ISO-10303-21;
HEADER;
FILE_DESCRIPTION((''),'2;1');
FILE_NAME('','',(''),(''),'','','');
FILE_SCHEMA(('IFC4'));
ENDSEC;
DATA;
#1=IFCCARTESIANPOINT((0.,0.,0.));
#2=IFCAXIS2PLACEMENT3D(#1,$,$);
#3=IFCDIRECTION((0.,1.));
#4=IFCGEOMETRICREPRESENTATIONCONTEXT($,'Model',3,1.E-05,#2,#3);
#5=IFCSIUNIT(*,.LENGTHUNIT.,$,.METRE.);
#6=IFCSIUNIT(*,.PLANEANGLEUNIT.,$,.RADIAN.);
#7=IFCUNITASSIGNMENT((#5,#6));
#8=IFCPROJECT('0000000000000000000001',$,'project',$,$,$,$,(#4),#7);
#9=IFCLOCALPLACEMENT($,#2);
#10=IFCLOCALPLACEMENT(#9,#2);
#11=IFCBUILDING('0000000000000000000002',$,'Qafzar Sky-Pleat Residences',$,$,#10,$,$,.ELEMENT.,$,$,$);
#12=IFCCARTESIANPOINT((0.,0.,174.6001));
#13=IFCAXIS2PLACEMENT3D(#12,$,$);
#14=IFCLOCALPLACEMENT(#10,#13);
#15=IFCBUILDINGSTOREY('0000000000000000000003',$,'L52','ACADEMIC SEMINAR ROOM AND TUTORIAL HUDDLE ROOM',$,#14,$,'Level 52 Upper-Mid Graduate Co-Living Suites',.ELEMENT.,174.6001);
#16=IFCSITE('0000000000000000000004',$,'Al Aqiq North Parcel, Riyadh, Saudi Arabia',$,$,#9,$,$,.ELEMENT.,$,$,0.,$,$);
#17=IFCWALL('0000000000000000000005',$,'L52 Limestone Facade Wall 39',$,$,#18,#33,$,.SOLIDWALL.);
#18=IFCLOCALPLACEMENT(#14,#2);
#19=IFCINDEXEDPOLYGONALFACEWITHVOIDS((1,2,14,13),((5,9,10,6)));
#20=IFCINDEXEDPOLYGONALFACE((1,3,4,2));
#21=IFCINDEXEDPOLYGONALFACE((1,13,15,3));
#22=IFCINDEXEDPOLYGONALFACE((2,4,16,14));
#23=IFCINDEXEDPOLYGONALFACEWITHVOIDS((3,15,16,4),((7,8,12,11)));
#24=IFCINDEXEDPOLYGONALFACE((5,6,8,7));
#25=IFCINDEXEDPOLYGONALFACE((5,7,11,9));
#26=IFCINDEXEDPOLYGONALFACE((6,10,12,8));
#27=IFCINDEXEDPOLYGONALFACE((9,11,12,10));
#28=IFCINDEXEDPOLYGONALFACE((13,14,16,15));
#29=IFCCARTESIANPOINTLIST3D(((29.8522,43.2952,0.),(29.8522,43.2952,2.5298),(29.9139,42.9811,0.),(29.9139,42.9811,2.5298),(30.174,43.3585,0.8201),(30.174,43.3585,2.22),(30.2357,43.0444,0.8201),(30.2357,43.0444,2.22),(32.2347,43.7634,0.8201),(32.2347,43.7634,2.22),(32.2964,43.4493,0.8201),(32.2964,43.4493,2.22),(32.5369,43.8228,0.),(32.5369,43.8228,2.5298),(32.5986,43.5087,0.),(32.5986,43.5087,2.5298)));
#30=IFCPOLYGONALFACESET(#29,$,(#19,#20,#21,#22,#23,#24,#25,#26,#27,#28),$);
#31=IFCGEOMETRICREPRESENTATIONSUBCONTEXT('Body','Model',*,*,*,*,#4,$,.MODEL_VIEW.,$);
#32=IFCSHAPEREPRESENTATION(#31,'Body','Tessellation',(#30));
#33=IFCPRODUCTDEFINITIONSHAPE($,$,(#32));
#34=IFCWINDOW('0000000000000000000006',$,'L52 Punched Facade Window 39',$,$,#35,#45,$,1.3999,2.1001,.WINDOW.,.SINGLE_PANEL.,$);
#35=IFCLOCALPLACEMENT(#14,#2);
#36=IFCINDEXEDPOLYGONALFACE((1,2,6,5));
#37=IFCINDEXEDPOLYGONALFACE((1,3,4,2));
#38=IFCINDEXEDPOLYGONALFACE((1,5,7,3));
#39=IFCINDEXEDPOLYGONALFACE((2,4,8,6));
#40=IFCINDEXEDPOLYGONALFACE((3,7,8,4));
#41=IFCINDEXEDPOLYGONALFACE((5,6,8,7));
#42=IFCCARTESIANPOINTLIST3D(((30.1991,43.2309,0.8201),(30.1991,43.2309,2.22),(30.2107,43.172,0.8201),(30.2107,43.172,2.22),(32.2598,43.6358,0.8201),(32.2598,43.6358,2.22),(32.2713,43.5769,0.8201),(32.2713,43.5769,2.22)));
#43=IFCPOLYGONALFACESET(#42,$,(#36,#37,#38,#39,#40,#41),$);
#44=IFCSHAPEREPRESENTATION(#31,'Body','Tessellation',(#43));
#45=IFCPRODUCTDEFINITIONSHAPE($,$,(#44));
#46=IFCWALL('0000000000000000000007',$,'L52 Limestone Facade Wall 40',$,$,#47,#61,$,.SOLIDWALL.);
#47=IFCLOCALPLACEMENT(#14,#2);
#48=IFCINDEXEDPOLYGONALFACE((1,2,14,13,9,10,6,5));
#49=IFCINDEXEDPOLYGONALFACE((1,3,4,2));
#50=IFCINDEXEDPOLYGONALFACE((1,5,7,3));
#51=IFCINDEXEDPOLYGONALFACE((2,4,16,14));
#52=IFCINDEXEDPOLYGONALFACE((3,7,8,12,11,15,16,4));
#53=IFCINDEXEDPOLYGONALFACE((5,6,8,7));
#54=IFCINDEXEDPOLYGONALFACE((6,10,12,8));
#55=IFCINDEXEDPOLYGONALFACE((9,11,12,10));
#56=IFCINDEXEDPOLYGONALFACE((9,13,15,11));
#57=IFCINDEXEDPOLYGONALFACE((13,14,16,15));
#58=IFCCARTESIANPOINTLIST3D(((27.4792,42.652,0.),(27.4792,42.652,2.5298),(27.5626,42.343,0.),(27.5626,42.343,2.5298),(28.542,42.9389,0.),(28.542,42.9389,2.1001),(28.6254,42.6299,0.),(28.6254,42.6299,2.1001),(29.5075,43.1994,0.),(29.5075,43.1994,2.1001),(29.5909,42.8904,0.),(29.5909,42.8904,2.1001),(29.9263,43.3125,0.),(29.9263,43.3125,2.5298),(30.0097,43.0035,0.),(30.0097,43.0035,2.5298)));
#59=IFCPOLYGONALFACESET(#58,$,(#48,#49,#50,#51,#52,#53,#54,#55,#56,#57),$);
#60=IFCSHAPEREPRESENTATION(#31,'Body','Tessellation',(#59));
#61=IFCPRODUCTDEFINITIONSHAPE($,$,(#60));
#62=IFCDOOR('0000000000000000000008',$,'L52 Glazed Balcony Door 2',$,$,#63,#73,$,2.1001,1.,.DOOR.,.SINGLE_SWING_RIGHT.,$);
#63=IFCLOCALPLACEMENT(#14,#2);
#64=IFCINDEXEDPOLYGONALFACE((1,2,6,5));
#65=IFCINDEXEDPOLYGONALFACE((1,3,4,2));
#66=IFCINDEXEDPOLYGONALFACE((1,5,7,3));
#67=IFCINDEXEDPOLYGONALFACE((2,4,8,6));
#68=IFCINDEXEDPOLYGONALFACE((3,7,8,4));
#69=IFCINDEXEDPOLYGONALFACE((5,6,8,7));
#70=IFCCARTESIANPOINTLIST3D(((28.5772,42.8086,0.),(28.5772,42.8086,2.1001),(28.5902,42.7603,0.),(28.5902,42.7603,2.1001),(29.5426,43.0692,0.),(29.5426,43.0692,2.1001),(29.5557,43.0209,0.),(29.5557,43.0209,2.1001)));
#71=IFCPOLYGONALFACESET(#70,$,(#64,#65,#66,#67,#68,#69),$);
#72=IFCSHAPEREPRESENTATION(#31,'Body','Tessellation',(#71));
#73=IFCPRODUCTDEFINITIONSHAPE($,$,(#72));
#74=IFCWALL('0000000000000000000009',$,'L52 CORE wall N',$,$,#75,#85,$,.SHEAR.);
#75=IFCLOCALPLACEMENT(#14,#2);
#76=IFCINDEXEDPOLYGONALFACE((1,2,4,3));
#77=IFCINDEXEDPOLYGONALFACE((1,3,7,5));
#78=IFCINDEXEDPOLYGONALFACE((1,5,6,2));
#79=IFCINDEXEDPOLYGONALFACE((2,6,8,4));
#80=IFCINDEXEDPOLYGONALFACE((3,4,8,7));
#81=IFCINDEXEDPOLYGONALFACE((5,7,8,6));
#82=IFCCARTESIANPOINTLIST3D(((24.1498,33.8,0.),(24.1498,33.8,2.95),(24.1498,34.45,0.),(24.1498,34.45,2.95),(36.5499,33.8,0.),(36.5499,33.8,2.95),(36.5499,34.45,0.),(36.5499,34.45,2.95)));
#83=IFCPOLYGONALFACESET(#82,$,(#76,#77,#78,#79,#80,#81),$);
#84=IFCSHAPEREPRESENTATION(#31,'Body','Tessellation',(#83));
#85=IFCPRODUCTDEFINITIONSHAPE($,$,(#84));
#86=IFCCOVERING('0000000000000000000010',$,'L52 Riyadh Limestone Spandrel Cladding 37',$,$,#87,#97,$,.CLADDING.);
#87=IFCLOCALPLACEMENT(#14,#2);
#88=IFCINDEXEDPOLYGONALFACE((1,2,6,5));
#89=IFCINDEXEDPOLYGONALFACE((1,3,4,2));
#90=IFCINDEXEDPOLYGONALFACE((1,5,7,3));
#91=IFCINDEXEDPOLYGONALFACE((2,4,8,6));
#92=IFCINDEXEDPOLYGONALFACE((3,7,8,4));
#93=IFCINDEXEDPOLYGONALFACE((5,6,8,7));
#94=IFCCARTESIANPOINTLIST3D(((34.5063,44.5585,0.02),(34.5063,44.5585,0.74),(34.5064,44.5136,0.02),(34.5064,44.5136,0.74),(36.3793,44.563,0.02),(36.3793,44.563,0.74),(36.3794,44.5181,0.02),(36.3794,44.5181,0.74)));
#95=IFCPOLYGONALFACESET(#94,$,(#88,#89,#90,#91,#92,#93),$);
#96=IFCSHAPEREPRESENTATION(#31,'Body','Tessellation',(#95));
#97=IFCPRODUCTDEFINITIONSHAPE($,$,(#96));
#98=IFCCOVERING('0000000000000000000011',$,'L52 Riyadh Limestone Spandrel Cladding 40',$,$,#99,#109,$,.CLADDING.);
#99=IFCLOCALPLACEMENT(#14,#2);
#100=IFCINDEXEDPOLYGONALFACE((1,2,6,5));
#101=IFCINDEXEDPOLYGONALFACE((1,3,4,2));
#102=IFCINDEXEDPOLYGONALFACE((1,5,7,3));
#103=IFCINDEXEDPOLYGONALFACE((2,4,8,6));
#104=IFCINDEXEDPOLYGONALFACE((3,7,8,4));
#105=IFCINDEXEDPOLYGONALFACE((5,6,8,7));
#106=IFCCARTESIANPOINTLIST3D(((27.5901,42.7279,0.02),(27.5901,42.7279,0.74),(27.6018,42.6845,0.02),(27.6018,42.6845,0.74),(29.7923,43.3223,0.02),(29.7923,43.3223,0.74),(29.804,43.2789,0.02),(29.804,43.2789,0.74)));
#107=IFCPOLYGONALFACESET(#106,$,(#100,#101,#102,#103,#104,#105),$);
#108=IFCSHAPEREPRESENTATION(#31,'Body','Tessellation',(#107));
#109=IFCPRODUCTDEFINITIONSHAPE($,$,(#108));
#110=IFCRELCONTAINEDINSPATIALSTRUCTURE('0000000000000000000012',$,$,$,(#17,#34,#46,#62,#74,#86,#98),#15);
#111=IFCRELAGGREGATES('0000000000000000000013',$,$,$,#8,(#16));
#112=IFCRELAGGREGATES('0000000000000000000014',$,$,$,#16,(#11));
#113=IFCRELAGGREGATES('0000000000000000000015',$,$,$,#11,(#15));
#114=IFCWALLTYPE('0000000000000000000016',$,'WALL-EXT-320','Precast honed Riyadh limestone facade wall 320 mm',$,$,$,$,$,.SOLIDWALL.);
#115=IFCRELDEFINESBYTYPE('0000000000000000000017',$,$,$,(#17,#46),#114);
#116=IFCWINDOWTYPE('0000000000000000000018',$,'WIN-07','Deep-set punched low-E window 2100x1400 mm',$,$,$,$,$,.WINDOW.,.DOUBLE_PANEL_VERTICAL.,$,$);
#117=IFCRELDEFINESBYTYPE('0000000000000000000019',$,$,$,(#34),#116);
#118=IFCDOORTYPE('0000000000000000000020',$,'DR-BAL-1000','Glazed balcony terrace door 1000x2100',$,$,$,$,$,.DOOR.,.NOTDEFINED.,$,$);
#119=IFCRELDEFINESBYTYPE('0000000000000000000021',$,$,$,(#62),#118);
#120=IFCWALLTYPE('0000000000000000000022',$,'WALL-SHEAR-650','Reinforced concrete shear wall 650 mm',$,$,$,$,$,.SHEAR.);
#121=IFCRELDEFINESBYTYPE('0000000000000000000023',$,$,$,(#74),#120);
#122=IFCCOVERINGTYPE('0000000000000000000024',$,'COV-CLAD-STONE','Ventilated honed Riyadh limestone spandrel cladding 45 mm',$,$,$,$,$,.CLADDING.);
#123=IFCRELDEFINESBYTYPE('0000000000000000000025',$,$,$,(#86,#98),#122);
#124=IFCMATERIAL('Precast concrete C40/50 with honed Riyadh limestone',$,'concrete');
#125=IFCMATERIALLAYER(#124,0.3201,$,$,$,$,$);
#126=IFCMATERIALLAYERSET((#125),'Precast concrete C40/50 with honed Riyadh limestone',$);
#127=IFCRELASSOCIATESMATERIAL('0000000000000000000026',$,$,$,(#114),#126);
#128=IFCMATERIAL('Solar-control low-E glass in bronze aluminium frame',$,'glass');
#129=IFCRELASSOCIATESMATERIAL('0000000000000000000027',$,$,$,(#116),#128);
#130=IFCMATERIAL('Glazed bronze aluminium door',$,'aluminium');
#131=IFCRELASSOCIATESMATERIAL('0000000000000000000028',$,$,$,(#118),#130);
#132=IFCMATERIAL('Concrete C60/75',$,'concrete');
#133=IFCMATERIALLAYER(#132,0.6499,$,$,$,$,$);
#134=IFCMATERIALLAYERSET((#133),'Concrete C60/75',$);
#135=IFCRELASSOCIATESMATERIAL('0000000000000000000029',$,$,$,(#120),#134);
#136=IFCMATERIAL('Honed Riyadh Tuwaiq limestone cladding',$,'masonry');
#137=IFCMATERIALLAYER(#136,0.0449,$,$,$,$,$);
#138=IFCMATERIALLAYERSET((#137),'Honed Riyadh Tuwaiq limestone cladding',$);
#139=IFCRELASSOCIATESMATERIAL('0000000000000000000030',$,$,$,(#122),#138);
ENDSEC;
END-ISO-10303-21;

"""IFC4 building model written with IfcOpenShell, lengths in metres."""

from ifc_helpers import new_model, si_unit, direction, frame, frame_2d, origin, origin_2d, place, context, subcontext, project, spatial, rectangle, extrude, source, transform, mapped, material, layer, layer_set, type_object, element, fill, save


model = new_model("IFC4")

# Units and contexts
model_context = context("Model", 3, precision=1e-05, world=origin(), true_north=direction((0.0, 1.0)))
body_context = subcontext(model_context, "Body", "Model", "MODEL_VIEW")
ifc_project = project(units=[si_unit("LENGTHUNIT", "METRE"), si_unit("PLANEANGLEUNIT", "RADIAN")], contexts=[model_context])

# Site, building, storey
site_placement = place(None, origin())
site = spatial("IfcSite", under=ifc_project, at=site_placement, Name="Al Aqiq North Parcel, Riyadh, Saudi Arabia", CompositionType="ELEMENT", RefElevation=0.0)
building_placement = place(site_placement, origin())
building = spatial("IfcBuilding", under=site, at=building_placement, Name="Qafzar Sky-Pleat Residences", CompositionType="ELEMENT")
storey_placement = place(building_placement, frame((0.0, 0.0, 174.6001)))
storey = spatial("IfcBuildingStorey", under=building, at=storey_placement, Name="L52", Description="ACADEMIC SEMINAR ROOM AND TUTORIAL HUDDLE ROOM", LongName="Level 52 Upper-Mid Graduate Co-Living Suites", CompositionType="ELEMENT", Elevation=174.6001)

# Wall, opening, window
ifc_material_1 = material(Name="Precast concrete C40/50 with honed Riyadh limestone", Category="concrete")
ifc_layer_1 = layer(ifc_material_1, 0.3201)
ifc_layer_set_1 = layer_set([ifc_layer_1], Name="Precast concrete C40/50 with honed Riyadh limestone")
wall_type_1 = type_object("IfcWallType", Name="WALL-EXT-320", Description="Precast honed Riyadh limestone facade wall 320 mm", PredefinedType="SOLIDWALL", material=ifc_layer_set_1)
ifc_material_2 = material(Name="Solar-control low-E glass in bronze aluminium frame", Category="glass")
wall_1_placement = place(storey_placement, frame((32.5679, 43.6658, 0.0), z_axis=(0.0, 0.0, 1.0), x_axis=(-0.981234, -0.19282, 0.0)))
wall_1 = element("IfcWall", 1, at=wall_1_placement, inside=storey, type_object=wall_type_1, Name="L52 Limestone Facade Wall 39", PredefinedType="SOLIDWALL", context=body_context, shape_type="SweptSolid", body=[
    extrude(rectangle(XDim=2.7361, YDim=0.3201, at=frame_2d((1.3682, 0.0))), origin(), (0.0, 0.0, 1.0), 2.5298),
])
opening_1_placement = place(wall_1_placement, frame((0.3081, 0.0, 0.8201)))
opening_1 = element("IfcOpeningElement", 2, at=opening_1_placement, cuts=wall_1, PredefinedType="OPENING", context=body_context, shape_type="SweptSolid", body=[
    extrude(rectangle(XDim=2.1001, YDim=1.3999, at=frame_2d((1.05, 0.7))), frame((0.0, 0.1699, 0.0), z_axis=(0.0, -1.0, 0.0), x_axis=(1.0, 0.0, 0.0)), (0.0, 0.0, 1.0), 0.3401),
])
window_type_1 = type_object("IfcWindowType", Name="WIN-07", Description="Deep-set punched low-E window 2100x1400 mm", PartitioningType="DOUBLE_PANEL_VERTICAL", PredefinedType="WINDOW", material=ifc_material_2)
shared_shape_1 = source(origin(), body_context, "Body", "SweptSolid", [
    extrude(rectangle(XDim=2.1001, YDim=1.3999, at=frame_2d((1.05, 0.7))), frame((0.0, 0.03, 0.0), z_axis=(0.0, -1.0, 0.0), x_axis=(1.0, 0.0, 0.0)), (0.0, 0.0, 1.0), 0.0601),
])
window_1_placement = place(opening_1_placement, origin())
window_1 = element("IfcWindow", 3, at=window_1_placement, inside=storey, type_object=window_type_1, Name="L52 Punched Facade Window 39", OverallHeight=1.3999, OverallWidth=2.1001, PartitioningType="SINGLE_PANEL", PredefinedType="WINDOW", context=body_context, shape_type="MappedRepresentation", body=[
    mapped(shared_shape_1, transform((0.0, 0.0, 0.0), x_axis=(1.0, 0.0, 0.0), y_axis=(0.0, 1.0, 0.0), z_axis=(0.0, 0.0, 1.0), scale=1.0)),
])
fill(opening_1, window_1)

# Wall, opening, door
wall_2_placement = place(storey_placement, frame((29.968, 43.158, 0.0), z_axis=(0.0, 0.0, 1.0), x_axis=(-0.965458, -0.260557, 0.0)))
wall_2 = element("IfcWall", 4, at=wall_2_placement, inside=storey, type_object=wall_type_1, Name="L52 Limestone Facade Wall 40", PredefinedType="SOLIDWALL", context=body_context, shape_type="SweptSolid", body=[
    extrude(rectangle(XDim=2.5347, YDim=0.3201, at=frame_2d((1.2673, 0.0))), origin(), (0.0, 0.0, 1.0), 2.5298),
])
opening_2_placement = place(wall_2_placement, frame((0.4338, 0.0, 0.0)))
opening_2 = element("IfcOpeningElement", 5, at=opening_2_placement, cuts=wall_2, PredefinedType="OPENING", context=body_context, shape_type="SweptSolid", body=[
    extrude(rectangle(XDim=1.0, YDim=2.1001, at=frame_2d((0.5, 1.05))), frame((0.0, 0.1699, 0.0), z_axis=(0.0, -1.0, 0.0), x_axis=(1.0, 0.0, 0.0)), (0.0, 0.0, 1.0), 0.3401),
])
ifc_material_3 = material(Name="Glazed bronze aluminium door", Category="aluminium")
door_type_1 = type_object("IfcDoorType", Name="DR-BAL-1000", Description="Glazed balcony terrace door 1000x2100", OperationType="NOTDEFINED", PredefinedType="DOOR", material=ifc_material_3)
shared_shape_2 = source(origin(), body_context, "Body", "SweptSolid", [
    extrude(rectangle(XDim=1.0, YDim=2.1001, at=frame_2d((0.5, 1.05))), frame((0.0, 0.0249, 0.0), z_axis=(0.0, -1.0, 0.0), x_axis=(1.0, 0.0, 0.0)), (0.0, 0.0, 1.0), 0.05),
])
door_1_placement = place(opening_2_placement, origin())
door_1 = element("IfcDoor", 6, at=door_1_placement, inside=storey, type_object=door_type_1, Name="L52 Glazed Balcony Door 2", OperationType="SINGLE_SWING_RIGHT", OverallHeight=2.1001, OverallWidth=1.0, PredefinedType="DOOR", context=body_context, shape_type="MappedRepresentation", body=[
    mapped(shared_shape_2, transform((0.0, 0.0, 0.0), x_axis=(1.0, 0.0, 0.0), y_axis=(0.0, 1.0, 0.0), z_axis=(0.0, 0.0, 1.0), scale=1.0)),
])
fill(opening_2, door_1)

# Wall
ifc_material_4 = material(Name="Concrete C60/75", Category="concrete")
ifc_layer_2 = layer(ifc_material_4, 0.6499)
ifc_layer_set_2 = layer_set([ifc_layer_2], Name="Concrete C60/75")
wall_type_2 = type_object("IfcWallType", Name="WALL-SHEAR-650", Description="Reinforced concrete shear wall 650 mm", PredefinedType="SHEAR", material=ifc_layer_set_2)
wall_3_placement = place(storey_placement, frame((36.55, 34.125, 0.0), z_axis=(0.0, 0.0, 1.0), x_axis=(-1.0, 0.0, 0.0)))
element("IfcWall", 7, at=wall_3_placement, inside=storey, type_object=wall_type_2, Name="L52 CORE wall N", PredefinedType="SHEAR", context=body_context, shape_type="SweptSolid", body=[
    extrude(rectangle(XDim=12.4001, YDim=0.6499, at=frame_2d((6.2002, 0.0))), origin(), (0.0, 0.0, 1.0), 2.95),
])

# Covering
ifc_material_5 = material(Name="Honed Riyadh Tuwaiq limestone cladding", Category="masonry")
ifc_layer_3 = layer(ifc_material_5, 0.0449)
ifc_layer_set_3 = layer_set([ifc_layer_3], Name="Honed Riyadh Tuwaiq limestone cladding")
covering_type = type_object("IfcCoveringType", Name="COV-CLAD-STONE", Description="Ventilated honed Riyadh limestone spandrel cladding 45 mm", PredefinedType="CLADDING", material=ifc_layer_set_3)
shared_shape_3 = source(origin(), body_context, "Body", "SweptSolid", [
    extrude(rectangle(XDim=1.873, YDim=0.0449, at=origin_2d()), origin(), (0.0, 0.0, 1.0), 0.72),
])
covering_1_placement = place(storey_placement, frame((35.4429, 44.5383, 0.02), z_axis=(0.0, 0.0, 1.0), x_axis=(-0.999997, -0.002403, 0.0)))
element("IfcCovering", 8, at=covering_1_placement, inside=storey, type_object=covering_type, Name="L52 Riyadh Limestone Spandrel Cladding 37", PredefinedType="CLADDING", context=body_context, shape_type="MappedRepresentation", body=[
    mapped(shared_shape_3, transform((0.0, 0.0, 0.0), x_axis=(1.0, 0.0, 0.0), y_axis=(0.0, 1.0, 0.0), z_axis=(0.0, 0.0, 1.0), scale=1.0)),
])

# Covering
shared_shape_4 = source(origin(), body_context, "Body", "SweptSolid", [
    extrude(rectangle(XDim=2.281, YDim=0.0449, at=origin_2d()), origin(), (0.0, 0.0, 1.0), 0.72),
])
covering_2_placement = place(storey_placement, frame((28.697, 43.0034, 0.02), z_axis=(0.0, 0.0, 1.0), x_axis=(-0.965453, -0.260579, 0.0)))
element("IfcCovering", 9, at=covering_2_placement, inside=storey, type_object=covering_type, Name="L52 Riyadh Limestone Spandrel Cladding 40", PredefinedType="CLADDING", context=body_context, shape_type="MappedRepresentation", body=[
    mapped(shared_shape_4, transform((0.0, 0.0, 0.0), x_axis=(1.0, 0.0, 0.0), y_axis=(0.0, 1.0, 0.0), z_axis=(0.0, 0.0, 1.0), scale=1.0)),
])

save(model, "model.ifc")
